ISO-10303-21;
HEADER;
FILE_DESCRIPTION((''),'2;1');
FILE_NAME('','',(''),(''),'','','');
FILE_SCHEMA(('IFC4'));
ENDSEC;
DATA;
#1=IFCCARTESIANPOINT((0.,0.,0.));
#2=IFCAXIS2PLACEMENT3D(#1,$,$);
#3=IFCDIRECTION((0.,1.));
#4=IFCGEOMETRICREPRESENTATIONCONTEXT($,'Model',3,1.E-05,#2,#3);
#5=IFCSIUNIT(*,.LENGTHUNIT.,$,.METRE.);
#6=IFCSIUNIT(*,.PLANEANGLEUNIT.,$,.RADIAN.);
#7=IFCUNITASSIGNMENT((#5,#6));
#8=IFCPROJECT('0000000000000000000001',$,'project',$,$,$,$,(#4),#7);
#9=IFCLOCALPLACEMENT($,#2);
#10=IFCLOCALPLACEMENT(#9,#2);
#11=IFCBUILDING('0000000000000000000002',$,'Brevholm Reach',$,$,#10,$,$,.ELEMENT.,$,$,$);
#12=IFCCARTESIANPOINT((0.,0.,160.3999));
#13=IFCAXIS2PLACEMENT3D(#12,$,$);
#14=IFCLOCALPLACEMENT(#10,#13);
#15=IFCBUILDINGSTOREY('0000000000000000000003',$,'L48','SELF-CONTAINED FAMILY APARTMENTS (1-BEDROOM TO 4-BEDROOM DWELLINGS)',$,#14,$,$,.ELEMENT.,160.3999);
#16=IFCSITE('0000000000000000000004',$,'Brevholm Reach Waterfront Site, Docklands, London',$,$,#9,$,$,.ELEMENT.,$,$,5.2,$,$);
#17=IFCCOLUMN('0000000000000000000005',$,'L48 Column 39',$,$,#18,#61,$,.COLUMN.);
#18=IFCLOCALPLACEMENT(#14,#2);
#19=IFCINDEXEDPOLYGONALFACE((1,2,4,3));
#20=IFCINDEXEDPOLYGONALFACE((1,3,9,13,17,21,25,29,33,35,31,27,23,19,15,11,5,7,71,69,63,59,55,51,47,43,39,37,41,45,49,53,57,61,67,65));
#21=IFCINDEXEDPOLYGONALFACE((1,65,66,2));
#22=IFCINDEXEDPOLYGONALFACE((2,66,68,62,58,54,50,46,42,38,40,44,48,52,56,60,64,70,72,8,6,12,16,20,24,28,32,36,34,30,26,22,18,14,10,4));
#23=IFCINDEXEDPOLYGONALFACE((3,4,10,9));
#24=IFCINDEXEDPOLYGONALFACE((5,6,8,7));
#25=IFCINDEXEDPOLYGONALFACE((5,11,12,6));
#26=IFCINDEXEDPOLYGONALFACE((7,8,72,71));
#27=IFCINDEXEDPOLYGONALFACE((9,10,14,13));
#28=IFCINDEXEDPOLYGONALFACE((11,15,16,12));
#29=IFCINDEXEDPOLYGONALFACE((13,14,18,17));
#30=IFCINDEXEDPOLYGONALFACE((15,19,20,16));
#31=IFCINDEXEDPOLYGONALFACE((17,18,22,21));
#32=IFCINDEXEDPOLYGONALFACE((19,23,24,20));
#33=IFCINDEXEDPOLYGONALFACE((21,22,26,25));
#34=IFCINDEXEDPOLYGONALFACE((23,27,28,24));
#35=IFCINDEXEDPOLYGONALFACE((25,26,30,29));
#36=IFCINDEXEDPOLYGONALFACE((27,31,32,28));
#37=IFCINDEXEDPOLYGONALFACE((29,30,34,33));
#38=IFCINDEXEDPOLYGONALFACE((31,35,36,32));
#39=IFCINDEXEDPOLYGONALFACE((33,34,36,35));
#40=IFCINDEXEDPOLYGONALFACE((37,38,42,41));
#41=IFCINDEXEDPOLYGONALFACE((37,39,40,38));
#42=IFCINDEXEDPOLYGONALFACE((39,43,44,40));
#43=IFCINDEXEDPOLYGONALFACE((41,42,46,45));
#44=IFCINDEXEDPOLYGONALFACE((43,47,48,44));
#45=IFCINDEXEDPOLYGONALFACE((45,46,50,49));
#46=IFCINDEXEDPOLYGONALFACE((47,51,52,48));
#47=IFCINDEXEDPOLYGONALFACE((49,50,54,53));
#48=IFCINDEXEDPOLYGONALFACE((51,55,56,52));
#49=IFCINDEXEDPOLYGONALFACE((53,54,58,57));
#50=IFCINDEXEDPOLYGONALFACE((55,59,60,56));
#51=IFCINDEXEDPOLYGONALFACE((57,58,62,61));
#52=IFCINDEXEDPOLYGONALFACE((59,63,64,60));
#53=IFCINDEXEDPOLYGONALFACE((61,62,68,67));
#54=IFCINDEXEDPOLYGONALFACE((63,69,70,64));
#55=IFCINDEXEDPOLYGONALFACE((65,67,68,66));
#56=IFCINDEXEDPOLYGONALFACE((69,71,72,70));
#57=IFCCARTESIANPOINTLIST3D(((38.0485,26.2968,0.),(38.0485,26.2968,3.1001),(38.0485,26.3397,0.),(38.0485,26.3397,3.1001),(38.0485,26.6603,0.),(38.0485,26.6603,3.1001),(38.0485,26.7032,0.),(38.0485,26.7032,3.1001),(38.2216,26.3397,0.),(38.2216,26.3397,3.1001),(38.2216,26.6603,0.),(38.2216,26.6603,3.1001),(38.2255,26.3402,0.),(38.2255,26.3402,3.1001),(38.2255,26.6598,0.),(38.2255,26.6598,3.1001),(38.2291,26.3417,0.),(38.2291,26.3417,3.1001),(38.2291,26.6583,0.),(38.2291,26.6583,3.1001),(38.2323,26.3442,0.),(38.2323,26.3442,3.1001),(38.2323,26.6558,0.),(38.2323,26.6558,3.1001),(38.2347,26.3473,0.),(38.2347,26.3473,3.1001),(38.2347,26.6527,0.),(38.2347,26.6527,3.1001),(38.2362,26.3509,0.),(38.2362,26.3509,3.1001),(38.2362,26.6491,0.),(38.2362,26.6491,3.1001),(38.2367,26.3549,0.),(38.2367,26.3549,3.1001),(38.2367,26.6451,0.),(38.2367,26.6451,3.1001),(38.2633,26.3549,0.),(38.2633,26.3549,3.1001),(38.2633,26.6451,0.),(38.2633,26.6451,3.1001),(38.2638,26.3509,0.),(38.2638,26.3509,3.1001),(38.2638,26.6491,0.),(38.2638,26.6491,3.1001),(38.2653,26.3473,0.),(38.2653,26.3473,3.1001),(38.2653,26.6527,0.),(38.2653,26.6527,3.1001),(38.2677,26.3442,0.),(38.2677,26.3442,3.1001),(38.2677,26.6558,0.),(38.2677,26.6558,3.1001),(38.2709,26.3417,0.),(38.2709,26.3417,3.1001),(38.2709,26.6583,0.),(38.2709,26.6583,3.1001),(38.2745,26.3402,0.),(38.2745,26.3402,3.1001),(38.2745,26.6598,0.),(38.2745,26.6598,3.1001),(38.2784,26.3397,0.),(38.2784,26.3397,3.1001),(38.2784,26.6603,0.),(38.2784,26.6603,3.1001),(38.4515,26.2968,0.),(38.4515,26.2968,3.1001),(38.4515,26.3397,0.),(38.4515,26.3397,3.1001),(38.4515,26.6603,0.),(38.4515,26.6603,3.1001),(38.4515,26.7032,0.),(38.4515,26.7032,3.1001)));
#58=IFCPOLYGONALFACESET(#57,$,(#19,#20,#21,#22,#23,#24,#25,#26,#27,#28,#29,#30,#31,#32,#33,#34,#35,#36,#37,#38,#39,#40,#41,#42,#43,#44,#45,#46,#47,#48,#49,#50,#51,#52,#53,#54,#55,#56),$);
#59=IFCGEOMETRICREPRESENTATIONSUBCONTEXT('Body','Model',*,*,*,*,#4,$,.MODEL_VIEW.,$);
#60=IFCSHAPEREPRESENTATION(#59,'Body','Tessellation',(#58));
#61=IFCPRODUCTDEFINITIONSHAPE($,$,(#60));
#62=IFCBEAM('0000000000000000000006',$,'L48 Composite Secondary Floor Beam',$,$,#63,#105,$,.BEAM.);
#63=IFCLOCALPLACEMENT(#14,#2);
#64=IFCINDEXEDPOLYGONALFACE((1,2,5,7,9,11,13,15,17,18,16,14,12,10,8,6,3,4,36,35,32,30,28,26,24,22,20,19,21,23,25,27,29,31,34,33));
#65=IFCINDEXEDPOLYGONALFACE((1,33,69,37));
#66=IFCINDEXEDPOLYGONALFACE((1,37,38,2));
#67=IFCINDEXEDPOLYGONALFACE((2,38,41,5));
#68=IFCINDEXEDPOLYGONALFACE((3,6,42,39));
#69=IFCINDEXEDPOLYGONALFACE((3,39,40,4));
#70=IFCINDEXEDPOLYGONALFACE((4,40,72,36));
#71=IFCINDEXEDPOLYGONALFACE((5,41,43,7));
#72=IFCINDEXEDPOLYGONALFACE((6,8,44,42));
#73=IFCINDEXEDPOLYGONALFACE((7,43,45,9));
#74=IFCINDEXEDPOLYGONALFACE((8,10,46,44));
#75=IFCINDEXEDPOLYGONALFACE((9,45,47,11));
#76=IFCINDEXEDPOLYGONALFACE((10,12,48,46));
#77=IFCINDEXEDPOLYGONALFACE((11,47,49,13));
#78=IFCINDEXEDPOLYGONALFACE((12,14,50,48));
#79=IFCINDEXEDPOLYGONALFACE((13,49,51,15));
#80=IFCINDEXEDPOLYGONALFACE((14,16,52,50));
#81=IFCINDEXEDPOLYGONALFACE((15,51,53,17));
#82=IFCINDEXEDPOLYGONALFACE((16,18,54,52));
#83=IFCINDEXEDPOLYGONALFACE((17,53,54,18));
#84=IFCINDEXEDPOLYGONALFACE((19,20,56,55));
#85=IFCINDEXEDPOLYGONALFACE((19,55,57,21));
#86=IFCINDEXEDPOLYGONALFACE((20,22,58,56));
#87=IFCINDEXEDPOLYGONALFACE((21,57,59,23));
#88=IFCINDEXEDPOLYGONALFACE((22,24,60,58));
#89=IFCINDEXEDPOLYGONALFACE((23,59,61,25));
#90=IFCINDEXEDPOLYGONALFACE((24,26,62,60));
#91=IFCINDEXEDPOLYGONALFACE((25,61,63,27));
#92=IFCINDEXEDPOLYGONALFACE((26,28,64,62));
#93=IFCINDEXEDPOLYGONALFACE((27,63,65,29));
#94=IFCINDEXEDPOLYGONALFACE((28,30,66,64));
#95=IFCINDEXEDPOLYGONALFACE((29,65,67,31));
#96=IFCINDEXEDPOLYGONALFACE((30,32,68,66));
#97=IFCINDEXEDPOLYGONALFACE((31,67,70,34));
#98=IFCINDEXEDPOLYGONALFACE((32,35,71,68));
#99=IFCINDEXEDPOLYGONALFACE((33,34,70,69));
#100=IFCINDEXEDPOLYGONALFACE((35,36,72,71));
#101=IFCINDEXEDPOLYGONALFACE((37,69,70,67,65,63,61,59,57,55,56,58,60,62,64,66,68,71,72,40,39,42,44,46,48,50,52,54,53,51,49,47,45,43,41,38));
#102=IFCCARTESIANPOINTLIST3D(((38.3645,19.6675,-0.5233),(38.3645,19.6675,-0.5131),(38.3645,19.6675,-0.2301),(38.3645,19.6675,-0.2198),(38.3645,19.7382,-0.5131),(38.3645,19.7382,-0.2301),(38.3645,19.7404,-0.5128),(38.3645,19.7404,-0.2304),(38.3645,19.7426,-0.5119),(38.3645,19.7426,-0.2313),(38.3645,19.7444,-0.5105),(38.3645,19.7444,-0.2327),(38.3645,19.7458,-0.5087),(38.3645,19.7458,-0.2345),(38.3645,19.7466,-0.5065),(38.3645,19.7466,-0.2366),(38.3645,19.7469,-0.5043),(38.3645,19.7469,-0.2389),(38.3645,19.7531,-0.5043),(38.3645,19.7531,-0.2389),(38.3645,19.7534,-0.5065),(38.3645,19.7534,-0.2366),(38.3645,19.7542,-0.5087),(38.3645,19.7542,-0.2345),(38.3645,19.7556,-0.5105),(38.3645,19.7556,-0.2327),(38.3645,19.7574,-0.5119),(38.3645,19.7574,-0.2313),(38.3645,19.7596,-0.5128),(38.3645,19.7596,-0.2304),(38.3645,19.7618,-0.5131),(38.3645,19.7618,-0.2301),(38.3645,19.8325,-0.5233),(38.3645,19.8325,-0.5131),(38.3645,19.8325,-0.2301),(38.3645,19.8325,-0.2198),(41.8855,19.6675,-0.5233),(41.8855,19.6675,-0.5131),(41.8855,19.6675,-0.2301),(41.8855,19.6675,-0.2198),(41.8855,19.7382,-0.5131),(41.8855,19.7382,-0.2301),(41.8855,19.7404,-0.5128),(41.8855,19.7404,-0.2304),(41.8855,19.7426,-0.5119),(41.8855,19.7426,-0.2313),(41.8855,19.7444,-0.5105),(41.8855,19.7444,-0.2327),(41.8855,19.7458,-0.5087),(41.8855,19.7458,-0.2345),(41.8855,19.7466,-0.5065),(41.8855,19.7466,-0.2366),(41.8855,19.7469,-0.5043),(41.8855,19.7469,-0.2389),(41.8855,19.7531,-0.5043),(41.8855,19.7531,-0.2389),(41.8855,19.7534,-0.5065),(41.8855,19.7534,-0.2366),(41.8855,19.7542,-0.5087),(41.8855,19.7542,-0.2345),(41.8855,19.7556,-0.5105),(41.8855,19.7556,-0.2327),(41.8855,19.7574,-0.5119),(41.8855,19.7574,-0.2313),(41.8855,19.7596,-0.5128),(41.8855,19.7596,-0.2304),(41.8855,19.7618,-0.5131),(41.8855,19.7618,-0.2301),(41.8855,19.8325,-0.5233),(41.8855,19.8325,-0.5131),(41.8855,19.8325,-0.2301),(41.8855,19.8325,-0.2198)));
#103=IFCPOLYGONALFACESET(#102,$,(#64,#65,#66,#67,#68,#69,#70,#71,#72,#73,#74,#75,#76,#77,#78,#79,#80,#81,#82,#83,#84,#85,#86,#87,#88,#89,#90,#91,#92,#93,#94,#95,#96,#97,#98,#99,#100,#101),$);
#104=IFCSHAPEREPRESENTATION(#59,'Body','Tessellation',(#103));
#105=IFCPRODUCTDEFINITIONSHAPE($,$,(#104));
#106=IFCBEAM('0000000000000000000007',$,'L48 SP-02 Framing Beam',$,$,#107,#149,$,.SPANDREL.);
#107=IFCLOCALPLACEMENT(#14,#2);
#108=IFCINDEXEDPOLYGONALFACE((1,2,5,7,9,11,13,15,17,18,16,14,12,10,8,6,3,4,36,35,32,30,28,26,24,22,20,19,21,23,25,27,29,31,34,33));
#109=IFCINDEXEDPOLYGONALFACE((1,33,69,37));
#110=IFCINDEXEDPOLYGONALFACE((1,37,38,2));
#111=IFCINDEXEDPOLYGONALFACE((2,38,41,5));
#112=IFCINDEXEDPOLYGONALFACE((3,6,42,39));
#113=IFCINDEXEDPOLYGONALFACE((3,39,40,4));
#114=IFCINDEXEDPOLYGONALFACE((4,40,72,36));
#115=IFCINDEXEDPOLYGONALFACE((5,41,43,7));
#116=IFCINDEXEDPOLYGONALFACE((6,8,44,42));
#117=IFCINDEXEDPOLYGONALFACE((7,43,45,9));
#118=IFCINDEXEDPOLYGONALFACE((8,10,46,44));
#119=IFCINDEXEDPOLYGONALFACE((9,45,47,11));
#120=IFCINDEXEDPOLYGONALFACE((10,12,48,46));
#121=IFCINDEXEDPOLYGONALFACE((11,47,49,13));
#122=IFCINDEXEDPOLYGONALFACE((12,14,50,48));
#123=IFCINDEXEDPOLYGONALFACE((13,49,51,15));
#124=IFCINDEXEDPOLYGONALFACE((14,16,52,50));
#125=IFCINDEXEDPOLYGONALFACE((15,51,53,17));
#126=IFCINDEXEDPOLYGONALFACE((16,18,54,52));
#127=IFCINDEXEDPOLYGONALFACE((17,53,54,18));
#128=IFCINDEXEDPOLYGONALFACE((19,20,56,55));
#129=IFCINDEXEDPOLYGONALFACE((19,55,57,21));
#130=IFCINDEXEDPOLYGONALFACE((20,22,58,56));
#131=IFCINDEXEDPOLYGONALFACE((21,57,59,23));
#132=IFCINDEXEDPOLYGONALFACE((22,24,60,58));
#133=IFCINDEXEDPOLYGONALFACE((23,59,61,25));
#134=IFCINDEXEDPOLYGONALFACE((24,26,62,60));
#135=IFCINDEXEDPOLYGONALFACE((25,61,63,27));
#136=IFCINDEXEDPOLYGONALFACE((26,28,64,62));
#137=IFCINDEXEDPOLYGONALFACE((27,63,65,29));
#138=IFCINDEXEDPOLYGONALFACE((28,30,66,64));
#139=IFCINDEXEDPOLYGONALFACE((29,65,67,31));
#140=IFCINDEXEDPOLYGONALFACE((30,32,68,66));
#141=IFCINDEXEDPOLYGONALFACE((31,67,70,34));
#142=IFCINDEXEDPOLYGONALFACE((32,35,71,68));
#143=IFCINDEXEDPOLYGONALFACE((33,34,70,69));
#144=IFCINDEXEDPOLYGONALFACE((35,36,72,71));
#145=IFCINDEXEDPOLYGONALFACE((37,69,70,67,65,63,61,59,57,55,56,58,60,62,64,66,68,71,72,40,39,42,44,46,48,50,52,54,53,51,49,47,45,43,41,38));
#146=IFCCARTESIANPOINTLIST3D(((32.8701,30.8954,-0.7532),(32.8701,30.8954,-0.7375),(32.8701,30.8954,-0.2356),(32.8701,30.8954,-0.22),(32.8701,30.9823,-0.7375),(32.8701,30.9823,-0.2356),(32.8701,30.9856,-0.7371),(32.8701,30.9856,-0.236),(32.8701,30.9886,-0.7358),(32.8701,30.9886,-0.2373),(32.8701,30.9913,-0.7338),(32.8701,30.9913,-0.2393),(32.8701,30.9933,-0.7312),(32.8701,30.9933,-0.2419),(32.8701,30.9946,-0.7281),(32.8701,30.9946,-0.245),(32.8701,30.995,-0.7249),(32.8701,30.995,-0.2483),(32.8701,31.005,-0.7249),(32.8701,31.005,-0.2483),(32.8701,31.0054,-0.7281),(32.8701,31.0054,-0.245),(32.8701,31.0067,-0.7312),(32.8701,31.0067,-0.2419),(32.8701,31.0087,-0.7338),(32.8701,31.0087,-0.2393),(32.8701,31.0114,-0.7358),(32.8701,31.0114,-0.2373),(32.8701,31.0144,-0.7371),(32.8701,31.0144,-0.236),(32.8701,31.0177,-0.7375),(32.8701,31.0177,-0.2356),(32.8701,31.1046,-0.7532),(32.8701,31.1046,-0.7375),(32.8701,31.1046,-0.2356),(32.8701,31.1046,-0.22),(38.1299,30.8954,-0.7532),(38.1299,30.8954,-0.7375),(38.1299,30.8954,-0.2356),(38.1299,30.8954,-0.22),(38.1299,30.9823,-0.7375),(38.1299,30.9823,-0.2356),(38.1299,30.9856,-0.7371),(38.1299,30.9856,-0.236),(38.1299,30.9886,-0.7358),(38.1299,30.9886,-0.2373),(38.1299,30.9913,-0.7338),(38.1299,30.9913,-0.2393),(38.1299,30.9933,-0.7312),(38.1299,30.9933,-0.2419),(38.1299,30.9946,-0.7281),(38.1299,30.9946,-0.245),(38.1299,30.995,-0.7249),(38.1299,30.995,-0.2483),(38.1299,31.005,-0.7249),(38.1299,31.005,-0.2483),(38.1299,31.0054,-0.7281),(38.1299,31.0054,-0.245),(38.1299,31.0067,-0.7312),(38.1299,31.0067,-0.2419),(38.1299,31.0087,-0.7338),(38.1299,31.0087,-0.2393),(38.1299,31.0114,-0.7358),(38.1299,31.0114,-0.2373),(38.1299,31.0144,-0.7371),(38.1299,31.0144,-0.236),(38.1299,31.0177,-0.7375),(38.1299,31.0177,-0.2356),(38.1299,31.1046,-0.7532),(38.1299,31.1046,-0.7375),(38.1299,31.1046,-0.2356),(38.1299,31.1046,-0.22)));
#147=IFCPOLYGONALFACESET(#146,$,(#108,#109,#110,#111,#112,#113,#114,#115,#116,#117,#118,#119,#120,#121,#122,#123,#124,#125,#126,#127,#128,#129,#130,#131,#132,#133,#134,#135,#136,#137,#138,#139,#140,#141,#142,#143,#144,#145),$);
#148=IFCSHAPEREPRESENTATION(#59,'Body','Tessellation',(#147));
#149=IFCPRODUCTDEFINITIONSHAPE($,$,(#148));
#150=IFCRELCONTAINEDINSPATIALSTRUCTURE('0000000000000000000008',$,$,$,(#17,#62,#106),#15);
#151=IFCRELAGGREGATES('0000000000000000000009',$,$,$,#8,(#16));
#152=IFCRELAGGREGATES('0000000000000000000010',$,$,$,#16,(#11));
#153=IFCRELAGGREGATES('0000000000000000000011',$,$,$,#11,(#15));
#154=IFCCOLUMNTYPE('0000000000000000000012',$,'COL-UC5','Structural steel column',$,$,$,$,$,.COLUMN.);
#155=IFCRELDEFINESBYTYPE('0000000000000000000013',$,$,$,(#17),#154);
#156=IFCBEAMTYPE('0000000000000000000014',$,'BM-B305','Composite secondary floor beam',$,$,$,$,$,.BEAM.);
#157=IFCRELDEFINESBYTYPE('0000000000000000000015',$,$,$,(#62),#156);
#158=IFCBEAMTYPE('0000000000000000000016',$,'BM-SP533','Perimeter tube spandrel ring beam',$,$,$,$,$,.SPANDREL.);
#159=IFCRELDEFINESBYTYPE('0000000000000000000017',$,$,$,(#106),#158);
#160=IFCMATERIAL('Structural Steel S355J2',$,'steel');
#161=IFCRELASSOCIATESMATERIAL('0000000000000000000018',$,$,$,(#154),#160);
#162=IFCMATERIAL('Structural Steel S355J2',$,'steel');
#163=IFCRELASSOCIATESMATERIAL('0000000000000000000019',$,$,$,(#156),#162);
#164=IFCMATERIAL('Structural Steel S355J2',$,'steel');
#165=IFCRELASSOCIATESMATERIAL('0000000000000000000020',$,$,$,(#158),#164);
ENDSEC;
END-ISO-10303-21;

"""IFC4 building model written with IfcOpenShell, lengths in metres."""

from ifc_helpers import new_model, si_unit, direction, frame, origin, origin_2d, place, context, subcontext, project, spatial, i_section, extrude, material, material_profile, profile_set, type_object, element, save


model = new_model("IFC4")

# Units and contexts
model_context = context("Model", 3, precision=1e-05, world=origin(), true_north=direction((0.0, 1.0)))
body_context = subcontext(model_context, "Body", "Model", "MODEL_VIEW")
ifc_project = project(units=[si_unit("LENGTHUNIT", "METRE"), si_unit("PLANEANGLEUNIT", "RADIAN")], contexts=[model_context])

# Site, building, storey
site_placement = place(None, origin())
site = spatial("IfcSite", under=ifc_project, at=site_placement, Name="Brevholm Reach Waterfront Site, Docklands, London", CompositionType="ELEMENT", RefElevation=5.2)
building_placement = place(site_placement, origin())
building = spatial("IfcBuilding", under=site, at=building_placement, Name="Brevholm Reach", CompositionType="ELEMENT")
storey_placement = place(building_placement, frame((0.0, 0.0, 160.3999)))
storey = spatial("IfcBuildingStorey", under=building, at=storey_placement, Name="L48", Description="SELF-CONTAINED FAMILY APARTMENTS (1-BEDROOM TO 4-BEDROOM DWELLINGS)", CompositionType="ELEMENT", Elevation=160.3999)

# Column
ifc_material_1 = material(Name="Structural Steel S355J2", Category="steel")
ifc_material_profile_1 = material_profile(ifc_material_1, i_section(OverallWidth=0.4031, OverallDepth=0.4065, WebThickness=0.0266, FlangeThickness=0.043, FilletRadius=0.0151, at=origin_2d()), Name="UKC 356x406x340")
ifc_profile_set_1 = profile_set([ifc_material_profile_1], Name="Structural Steel S355J2")
column_type_1 = type_object("IfcColumnType", Name="COL-UC5", Description="Structural steel column", PredefinedType="COLUMN", material=ifc_profile_set_1)
for number, where, z_axis, x_axis, name in (
    (1, (38.25, 26.5, 0.0), (0.0, 0.0, 1.0), (1.0, 0.0, 0.0), "L48 Column 39"),
):
    element("IfcColumn", number, at=place(storey_placement, frame(where, z_axis=z_axis, x_axis=x_axis)), inside=storey, type_object=column_type_1, Name=name, PredefinedType="COLUMN", context=body_context, shape_type="SweptSolid", body=[
        extrude(i_section(OverallWidth=0.4031, OverallDepth=0.4065, WebThickness=0.0266, FlangeThickness=0.043, FilletRadius=0.0151, at=origin_2d()), origin(), (0.0, 0.0, 1.0), 3.1001),
    ])

# Beams
ifc_material_2 = material(Name="Structural Steel S355J2", Category="steel")
ifc_material_profile_2 = material_profile(ifc_material_2, i_section(OverallWidth=0.165, OverallDepth=0.3035, WebThickness=0.0061, FlangeThickness=0.0103, FilletRadius=0.0088, at=origin_2d()), Name="UKB 305x165x40")
ifc_profile_set_2 = profile_set([ifc_material_profile_2], Name="Structural Steel S355J2")
beam_type_1 = type_object("IfcBeamType", Name="BM-B305", Description="Composite secondary floor beam", PredefinedType="BEAM", material=ifc_profile_set_2)
beam_1_placement = place(storey_placement, frame((38.3645, 19.75, -0.3716), z_axis=(1.0, 0.0, 0.0), x_axis=(0.0, 1.0, 0.0)))
element("IfcBeam", 2, at=beam_1_placement, inside=storey, type_object=beam_type_1, Name="L48 Composite Secondary Floor Beam", PredefinedType="BEAM", context=body_context, shape_type="SweptSolid", body=[
    extrude(i_section(OverallWidth=0.165, OverallDepth=0.3035, WebThickness=0.0061, FlangeThickness=0.0103, FilletRadius=0.0088, at=origin_2d()), origin(), (0.0, 0.0, 1.0), 3.521),
])
ifc_material_3 = material(Name="Structural Steel S355J2", Category="steel")
ifc_material_profile_3 = material_profile(ifc_material_3, i_section(OverallWidth=0.2092, OverallDepth=0.5332, WebThickness=0.01, FlangeThickness=0.0156, FilletRadius=0.0127, at=origin_2d()), Name="UKB 533x210x92")
ifc_profile_set_3 = profile_set([ifc_material_profile_3], Name="Structural Steel S355J2")
beam_type_2 = type_object("IfcBeamType", Name="BM-SP533", Description="Perimeter tube spandrel ring beam", PredefinedType="SPANDREL", material=ifc_profile_set_3)
beam_2_placement = place(storey_placement, frame((32.8701, 31.0, -0.4866), z_axis=(1.0, 0.0, 0.0), x_axis=(0.0, 1.0, 0.0)))
element("IfcBeam", 3, at=beam_2_placement, inside=storey, type_object=beam_type_2, Name="L48 SP-02 Framing Beam", PredefinedType="SPANDREL", context=body_context, shape_type="SweptSolid", body=[
    extrude(i_section(OverallWidth=0.2092, OverallDepth=0.5332, WebThickness=0.01, FlangeThickness=0.0156, FilletRadius=0.0127, at=origin_2d()), origin(), (0.0, 0.0, 1.0), 5.2598),
])

save(model, "model.ifc")
